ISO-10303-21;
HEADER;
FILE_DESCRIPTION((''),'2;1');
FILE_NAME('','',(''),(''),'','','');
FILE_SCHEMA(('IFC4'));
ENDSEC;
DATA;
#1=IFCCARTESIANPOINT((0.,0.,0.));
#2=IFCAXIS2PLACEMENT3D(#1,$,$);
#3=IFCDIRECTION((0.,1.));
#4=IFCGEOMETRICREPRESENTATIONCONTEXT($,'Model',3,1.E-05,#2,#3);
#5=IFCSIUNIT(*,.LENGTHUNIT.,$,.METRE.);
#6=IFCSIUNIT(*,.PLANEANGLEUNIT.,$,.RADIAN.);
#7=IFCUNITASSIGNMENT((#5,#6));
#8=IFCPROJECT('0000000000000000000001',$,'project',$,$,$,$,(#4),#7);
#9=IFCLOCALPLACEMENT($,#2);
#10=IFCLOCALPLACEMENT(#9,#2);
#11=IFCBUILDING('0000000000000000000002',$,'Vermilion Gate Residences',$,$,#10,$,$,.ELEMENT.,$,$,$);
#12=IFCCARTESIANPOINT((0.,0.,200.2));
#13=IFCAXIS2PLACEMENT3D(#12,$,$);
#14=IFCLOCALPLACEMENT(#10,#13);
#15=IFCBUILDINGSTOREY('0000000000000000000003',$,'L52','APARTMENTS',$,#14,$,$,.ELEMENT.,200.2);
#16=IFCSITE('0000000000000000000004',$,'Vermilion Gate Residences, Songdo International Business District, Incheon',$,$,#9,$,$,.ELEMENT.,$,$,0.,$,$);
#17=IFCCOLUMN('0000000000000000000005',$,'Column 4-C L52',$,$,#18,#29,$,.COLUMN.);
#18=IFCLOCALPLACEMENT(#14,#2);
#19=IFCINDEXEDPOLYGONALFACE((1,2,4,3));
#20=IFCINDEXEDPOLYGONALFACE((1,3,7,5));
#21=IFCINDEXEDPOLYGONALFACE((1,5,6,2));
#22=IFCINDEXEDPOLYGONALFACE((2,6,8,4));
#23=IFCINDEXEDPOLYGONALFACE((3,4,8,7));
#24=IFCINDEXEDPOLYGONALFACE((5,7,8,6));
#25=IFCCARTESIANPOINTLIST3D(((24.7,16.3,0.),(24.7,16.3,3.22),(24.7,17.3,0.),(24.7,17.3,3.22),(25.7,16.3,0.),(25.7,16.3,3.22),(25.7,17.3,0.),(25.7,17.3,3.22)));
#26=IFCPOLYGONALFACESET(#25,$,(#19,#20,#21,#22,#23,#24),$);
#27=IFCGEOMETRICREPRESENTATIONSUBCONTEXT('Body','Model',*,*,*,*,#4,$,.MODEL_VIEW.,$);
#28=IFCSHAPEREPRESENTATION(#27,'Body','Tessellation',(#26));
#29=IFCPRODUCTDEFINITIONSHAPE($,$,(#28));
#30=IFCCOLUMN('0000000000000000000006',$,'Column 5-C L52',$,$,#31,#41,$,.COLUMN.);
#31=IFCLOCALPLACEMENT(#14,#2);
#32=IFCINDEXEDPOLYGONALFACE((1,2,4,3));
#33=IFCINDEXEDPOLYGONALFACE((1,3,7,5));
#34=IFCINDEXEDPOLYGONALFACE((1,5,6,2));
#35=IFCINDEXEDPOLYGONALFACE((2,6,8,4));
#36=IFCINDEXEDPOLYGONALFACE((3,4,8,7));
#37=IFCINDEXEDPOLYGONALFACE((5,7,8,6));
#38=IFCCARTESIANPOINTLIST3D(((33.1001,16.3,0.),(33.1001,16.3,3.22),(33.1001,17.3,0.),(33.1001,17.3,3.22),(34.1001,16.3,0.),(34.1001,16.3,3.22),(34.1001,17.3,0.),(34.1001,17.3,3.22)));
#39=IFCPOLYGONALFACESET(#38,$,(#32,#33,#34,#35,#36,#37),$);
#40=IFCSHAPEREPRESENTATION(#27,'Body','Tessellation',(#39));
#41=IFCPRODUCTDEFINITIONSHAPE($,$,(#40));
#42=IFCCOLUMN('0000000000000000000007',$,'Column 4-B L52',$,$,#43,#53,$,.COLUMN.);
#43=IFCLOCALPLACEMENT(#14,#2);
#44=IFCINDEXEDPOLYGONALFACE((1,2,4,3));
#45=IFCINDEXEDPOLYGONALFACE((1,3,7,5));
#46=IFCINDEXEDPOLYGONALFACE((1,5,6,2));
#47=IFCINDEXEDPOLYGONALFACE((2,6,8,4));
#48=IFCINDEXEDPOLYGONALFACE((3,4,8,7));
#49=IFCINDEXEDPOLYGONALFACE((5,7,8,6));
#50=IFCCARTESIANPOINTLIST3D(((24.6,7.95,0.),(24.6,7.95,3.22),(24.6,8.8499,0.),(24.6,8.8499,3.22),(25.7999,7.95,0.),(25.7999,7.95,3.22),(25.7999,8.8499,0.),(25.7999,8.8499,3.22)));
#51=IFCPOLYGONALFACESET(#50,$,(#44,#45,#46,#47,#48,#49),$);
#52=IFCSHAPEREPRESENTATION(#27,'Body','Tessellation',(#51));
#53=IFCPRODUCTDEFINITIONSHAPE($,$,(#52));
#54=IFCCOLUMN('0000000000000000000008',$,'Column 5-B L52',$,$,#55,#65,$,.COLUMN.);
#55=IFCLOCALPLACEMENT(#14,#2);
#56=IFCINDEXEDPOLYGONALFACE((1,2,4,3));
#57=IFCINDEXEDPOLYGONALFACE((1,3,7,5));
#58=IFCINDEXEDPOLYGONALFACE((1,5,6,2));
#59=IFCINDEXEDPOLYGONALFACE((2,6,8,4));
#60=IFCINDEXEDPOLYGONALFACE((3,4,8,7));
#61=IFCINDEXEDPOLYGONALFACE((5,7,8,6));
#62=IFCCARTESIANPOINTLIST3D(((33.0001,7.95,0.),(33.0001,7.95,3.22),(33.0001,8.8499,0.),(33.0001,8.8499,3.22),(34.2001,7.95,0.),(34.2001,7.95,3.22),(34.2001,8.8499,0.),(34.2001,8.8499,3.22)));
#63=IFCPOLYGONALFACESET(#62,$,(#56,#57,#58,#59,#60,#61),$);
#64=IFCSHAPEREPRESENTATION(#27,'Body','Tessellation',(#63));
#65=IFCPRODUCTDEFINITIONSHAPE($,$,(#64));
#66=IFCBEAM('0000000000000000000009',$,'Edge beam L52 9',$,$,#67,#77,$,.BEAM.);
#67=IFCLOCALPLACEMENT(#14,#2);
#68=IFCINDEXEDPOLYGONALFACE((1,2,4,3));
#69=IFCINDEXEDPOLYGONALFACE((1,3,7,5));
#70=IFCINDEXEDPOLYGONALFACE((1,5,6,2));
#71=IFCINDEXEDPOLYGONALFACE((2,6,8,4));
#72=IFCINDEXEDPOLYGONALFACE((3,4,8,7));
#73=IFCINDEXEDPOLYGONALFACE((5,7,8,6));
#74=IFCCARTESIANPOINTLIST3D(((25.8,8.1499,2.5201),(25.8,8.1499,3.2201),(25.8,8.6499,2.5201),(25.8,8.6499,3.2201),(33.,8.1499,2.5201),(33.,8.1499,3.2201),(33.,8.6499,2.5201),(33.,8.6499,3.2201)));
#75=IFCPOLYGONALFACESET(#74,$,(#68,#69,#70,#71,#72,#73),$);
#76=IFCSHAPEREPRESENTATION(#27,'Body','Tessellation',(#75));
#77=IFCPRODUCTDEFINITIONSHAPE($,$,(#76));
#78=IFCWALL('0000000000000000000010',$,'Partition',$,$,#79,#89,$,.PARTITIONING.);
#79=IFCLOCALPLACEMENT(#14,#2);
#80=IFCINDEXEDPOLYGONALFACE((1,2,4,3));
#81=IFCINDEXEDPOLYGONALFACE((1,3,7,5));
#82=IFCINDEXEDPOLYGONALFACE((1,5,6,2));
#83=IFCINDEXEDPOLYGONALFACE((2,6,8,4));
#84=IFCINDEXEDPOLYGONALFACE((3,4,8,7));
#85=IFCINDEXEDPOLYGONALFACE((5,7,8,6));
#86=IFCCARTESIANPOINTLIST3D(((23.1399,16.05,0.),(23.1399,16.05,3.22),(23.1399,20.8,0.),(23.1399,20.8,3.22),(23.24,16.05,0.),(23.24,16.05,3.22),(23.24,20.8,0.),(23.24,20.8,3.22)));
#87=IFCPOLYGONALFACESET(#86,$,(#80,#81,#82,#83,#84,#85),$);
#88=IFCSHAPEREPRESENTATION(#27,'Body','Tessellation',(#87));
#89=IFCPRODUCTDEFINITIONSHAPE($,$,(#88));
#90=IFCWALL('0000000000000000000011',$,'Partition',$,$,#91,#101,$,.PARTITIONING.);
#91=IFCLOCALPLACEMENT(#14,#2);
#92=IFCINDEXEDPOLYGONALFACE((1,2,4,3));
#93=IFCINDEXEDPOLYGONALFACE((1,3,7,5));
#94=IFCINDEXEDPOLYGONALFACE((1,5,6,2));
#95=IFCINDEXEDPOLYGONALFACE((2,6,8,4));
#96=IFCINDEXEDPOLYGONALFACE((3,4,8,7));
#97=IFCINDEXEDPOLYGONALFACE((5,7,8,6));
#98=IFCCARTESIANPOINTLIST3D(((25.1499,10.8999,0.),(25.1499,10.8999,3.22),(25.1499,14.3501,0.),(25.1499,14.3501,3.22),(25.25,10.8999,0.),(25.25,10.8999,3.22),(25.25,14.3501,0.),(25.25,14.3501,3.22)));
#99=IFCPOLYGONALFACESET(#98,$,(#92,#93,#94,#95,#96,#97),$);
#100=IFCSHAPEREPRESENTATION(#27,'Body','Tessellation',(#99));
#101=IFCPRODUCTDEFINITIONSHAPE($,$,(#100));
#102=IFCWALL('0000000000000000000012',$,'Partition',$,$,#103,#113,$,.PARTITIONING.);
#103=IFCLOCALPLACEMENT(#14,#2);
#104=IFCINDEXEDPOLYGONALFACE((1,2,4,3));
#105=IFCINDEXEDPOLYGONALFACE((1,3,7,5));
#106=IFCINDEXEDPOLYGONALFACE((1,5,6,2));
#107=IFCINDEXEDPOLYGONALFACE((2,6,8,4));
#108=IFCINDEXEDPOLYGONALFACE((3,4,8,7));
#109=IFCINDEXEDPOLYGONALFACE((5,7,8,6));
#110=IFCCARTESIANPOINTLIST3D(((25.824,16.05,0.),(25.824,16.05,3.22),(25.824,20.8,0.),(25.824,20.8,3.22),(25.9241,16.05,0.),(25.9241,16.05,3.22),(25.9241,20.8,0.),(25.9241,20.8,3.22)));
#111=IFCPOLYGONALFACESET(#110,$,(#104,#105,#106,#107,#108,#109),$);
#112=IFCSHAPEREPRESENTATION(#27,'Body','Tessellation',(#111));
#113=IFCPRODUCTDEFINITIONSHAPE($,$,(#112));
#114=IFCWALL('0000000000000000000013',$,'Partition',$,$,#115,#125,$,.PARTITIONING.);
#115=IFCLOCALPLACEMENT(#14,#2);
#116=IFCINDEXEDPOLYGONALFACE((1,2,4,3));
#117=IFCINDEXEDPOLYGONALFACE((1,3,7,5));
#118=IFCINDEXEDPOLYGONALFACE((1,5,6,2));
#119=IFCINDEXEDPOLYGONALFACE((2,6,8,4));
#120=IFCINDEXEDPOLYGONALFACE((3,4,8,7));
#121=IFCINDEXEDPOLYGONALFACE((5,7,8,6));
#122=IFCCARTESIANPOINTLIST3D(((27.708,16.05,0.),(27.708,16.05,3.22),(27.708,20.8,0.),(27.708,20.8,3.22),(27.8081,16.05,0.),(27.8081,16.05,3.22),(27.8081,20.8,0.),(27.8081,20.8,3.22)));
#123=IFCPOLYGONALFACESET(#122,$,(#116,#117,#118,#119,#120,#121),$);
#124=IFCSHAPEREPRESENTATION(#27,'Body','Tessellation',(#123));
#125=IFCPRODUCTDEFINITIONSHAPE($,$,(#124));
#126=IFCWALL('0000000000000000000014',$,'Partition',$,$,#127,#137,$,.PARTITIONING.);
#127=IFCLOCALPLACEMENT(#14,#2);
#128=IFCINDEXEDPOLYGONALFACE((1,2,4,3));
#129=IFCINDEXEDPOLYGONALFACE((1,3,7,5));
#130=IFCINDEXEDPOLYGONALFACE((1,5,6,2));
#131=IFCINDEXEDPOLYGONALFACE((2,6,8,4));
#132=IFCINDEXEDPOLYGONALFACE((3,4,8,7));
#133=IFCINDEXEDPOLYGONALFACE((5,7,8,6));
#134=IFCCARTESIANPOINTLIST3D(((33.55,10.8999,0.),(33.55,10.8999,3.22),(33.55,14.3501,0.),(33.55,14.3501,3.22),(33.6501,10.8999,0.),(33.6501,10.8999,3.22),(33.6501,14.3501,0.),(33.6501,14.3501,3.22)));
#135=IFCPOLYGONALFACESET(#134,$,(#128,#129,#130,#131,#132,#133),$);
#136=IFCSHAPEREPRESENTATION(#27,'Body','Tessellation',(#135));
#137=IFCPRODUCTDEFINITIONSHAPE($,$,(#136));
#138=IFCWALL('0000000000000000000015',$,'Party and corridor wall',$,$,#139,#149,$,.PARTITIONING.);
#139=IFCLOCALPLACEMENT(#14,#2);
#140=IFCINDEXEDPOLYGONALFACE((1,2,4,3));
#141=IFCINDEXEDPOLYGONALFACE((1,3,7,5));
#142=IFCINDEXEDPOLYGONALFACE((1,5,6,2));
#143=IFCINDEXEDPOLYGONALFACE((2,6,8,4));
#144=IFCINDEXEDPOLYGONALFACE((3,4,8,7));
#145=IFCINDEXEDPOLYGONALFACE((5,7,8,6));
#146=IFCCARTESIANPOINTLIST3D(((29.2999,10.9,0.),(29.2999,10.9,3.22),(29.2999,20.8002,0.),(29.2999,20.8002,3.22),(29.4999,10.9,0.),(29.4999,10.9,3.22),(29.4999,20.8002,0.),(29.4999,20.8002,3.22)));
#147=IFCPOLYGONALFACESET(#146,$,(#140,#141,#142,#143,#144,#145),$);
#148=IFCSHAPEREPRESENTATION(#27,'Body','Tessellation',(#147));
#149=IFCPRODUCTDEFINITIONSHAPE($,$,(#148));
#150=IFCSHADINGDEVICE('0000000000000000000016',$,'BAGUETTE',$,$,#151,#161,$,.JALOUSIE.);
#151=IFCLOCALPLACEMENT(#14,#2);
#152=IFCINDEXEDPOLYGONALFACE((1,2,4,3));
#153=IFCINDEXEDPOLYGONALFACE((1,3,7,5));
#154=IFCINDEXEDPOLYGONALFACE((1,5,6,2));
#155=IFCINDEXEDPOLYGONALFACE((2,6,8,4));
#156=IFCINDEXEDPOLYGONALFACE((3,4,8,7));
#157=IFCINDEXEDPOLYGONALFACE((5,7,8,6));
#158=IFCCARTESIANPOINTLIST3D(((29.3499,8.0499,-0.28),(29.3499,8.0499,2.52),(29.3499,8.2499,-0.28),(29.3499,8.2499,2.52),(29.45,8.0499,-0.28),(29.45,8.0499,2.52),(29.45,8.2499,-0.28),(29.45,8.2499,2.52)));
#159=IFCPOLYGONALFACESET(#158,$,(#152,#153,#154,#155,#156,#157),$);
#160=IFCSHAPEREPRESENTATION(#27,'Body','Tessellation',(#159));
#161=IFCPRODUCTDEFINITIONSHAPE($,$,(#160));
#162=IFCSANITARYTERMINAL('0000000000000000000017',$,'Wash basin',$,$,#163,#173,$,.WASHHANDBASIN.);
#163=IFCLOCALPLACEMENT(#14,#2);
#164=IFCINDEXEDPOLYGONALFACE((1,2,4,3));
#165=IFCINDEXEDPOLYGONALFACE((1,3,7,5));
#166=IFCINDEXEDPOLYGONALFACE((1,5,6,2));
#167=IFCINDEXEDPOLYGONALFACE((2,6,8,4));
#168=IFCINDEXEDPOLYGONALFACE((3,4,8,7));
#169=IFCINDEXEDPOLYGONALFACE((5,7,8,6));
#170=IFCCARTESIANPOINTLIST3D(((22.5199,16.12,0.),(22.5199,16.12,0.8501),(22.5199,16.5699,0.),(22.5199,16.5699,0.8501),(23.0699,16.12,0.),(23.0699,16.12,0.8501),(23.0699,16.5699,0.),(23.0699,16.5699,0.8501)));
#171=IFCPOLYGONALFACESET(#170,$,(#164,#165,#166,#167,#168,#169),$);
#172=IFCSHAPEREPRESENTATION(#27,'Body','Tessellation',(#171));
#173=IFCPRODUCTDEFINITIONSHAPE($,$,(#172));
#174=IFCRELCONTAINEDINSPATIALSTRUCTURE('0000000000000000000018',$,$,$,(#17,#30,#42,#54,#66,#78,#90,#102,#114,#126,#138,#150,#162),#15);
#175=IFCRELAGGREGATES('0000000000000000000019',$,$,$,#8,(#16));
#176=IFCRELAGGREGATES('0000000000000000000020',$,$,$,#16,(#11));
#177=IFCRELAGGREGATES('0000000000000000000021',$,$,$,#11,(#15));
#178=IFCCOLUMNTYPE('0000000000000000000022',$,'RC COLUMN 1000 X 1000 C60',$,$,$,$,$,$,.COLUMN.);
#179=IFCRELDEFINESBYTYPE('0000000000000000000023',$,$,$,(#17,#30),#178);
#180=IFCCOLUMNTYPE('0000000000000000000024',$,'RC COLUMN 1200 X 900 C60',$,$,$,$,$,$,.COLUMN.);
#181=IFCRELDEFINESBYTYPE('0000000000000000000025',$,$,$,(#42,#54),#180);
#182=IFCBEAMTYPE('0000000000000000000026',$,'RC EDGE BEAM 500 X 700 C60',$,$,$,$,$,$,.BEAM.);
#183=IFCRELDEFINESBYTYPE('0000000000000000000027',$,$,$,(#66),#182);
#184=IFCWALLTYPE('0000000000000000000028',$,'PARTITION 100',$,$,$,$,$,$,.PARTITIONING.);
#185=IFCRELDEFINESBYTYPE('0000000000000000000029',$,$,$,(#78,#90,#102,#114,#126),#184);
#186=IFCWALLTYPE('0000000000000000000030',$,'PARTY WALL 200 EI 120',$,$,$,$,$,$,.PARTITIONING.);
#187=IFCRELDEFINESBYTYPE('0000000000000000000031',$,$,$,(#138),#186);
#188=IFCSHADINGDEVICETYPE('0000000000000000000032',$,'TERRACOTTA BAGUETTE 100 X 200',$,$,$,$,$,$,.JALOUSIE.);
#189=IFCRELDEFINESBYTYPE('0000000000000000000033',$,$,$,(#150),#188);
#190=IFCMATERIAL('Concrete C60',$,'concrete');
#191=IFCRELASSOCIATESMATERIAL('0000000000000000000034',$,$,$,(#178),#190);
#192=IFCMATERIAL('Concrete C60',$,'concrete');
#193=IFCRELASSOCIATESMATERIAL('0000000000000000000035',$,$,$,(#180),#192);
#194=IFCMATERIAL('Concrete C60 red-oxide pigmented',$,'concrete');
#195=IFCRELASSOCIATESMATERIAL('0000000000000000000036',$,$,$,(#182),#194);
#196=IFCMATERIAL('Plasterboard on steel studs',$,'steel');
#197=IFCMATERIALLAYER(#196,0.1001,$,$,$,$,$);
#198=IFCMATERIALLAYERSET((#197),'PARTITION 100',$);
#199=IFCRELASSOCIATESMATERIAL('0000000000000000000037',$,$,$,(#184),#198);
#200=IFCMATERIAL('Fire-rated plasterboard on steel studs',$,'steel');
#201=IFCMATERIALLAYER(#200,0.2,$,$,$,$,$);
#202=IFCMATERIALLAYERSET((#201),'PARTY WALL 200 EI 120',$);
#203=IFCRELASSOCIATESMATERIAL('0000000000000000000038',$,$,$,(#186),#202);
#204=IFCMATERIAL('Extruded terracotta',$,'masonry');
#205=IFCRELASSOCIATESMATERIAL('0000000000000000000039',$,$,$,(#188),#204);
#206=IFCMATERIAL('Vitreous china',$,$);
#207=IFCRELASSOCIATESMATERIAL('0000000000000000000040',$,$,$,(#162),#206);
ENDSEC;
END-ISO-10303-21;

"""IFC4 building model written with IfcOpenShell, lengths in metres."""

from ifc_helpers import new_model, si_unit, direction, frame, frame_2d, origin, origin_2d, place, context, subcontext, project, spatial, rectangle, extrude, material, layer, layer_set, material_profile, profile_set, type_object, element, save


model = new_model("IFC4")

# Units and contexts
model_context = context("Model", 3, precision=1e-05, world=origin(), true_north=direction((0.0, 1.0)))
body_context = subcontext(model_context, "Body", "Model", "MODEL_VIEW")
ifc_project = project(units=[si_unit("LENGTHUNIT", "METRE"), si_unit("PLANEANGLEUNIT", "RADIAN")], contexts=[model_context])

# Site, building, storey
site_placement = place(None, origin())
site = spatial("IfcSite", under=ifc_project, at=site_placement, Name="Vermilion Gate Residences, Songdo International Business District, Incheon", CompositionType="ELEMENT", RefElevation=0.0)
building_placement = place(site_placement, origin())
building = spatial("IfcBuilding", under=site, at=building_placement, Name="Vermilion Gate Residences", CompositionType="ELEMENT")
storey_placement = place(building_placement, frame((0.0, 0.0, 200.2)))
storey = spatial("IfcBuildingStorey", under=building, at=storey_placement, Name="L52", Description="APARTMENTS", CompositionType="ELEMENT", Elevation=200.2)

# Columns
ifc_material_1 = material(Name="Concrete C60", Category="concrete")
ifc_material_profile_1 = material_profile(ifc_material_1, rectangle(XDim=1.0, YDim=1.0, at=origin_2d()), Name="RC-1000x1000")
ifc_profile_set_1 = profile_set([ifc_material_profile_1], Name="Concrete C60")
column_type_1 = type_object("IfcColumnType", Name="RC COLUMN 1000 X 1000 C60", PredefinedType="COLUMN", material=ifc_profile_set_1)
for number, where, z_axis, x_axis, name in (
    (1, (25.2, 16.8, 0.0), (0.0, 0.0, 1.0), (1.0, 0.0, 0.0), "Column 4-C L52"),
    (2, (33.6001, 16.8, 0.0), (0.0, 0.0, 1.0), (1.0, 0.0, 0.0), "Column 5-C L52"),
):
    element("IfcColumn", number, at=place(storey_placement, frame(where, z_axis=z_axis, x_axis=x_axis)), inside=storey, type_object=column_type_1, Name=name, PredefinedType="COLUMN", context=body_context, shape_type="SweptSolid", body=[
        extrude(rectangle(XDim=1.0, YDim=1.0, at=origin_2d()), origin(), (0.0, 0.0, 1.0), 3.22),
    ])
ifc_material_2 = material(Name="Concrete C60", Category="concrete")
ifc_material_profile_2 = material_profile(ifc_material_2, rectangle(XDim=1.2, YDim=0.8999, at=origin_2d()), Name="RC-1200x900")
ifc_profile_set_2 = profile_set([ifc_material_profile_2], Name="Concrete C60")
column_type_2 = type_object("IfcColumnType", Name="RC COLUMN 1200 X 900 C60", PredefinedType="COLUMN", material=ifc_profile_set_2)
for number, where, z_axis, x_axis, name in (
    (3, (25.2, 8.3999, 0.0), (0.0, 0.0, 1.0), (1.0, 0.0, 0.0), "Column 4-B L52"),
    (4, (33.6001, 8.3999, 0.0), (0.0, 0.0, 1.0), (1.0, 0.0, 0.0), "Column 5-B L52"),
):
    element("IfcColumn", number, at=place(storey_placement, frame(where, z_axis=z_axis, x_axis=x_axis)), inside=storey, type_object=column_type_2, Name=name, PredefinedType="COLUMN", context=body_context, shape_type="SweptSolid", body=[
        extrude(rectangle(XDim=1.2, YDim=0.8999, at=origin_2d()), origin(), (0.0, 0.0, 1.0), 3.22),
    ])

# Beam
ifc_material_3 = material(Name="Concrete C60 red-oxide pigmented", Category="concrete")
ifc_material_profile_3 = material_profile(ifc_material_3, rectangle(XDim=0.5, YDim=0.7, at=origin_2d()), Name="RC-500x700")
ifc_profile_set_3 = profile_set([ifc_material_profile_3], Name="Concrete C60 red-oxide pigmented")
beam_type = type_object("IfcBeamType", Name="RC EDGE BEAM 500 X 700 C60", PredefinedType="BEAM", material=ifc_profile_set_3)
beam_placement = place(storey_placement, frame((25.8, 8.3999, 2.8701), z_axis=(1.0, 0.0, 0.0), x_axis=(0.0, 1.0, 0.0)))
element("IfcBeam", 5, at=beam_placement, inside=storey, type_object=beam_type, Name="Edge beam L52 9", PredefinedType="BEAM", context=body_context, shape_type="SweptSolid", body=[
    extrude(rectangle(XDim=0.5, YDim=0.7, at=origin_2d()), origin(), (0.0, 0.0, 1.0), 7.2),
])

# Walls
ifc_material_4 = material(Name="Plasterboard on steel studs", Category="steel")
ifc_layer_1 = layer(ifc_material_4, 0.1001)
ifc_layer_set_1 = layer_set([ifc_layer_1], Name="PARTITION 100")
wall_type_1 = type_object("IfcWallType", Name="PARTITION 100", PredefinedType="PARTITIONING", material=ifc_layer_set_1)
wall_1_placement = place(storey_placement, frame((23.1899, 16.05, 0.0), z_axis=(0.0, 0.0, 1.0), x_axis=(0.0, 1.0, 0.0)))
element("IfcWall", 6, at=wall_1_placement, inside=storey, type_object=wall_type_1, Name="Partition", PredefinedType="PARTITIONING", context=body_context, shape_type="SweptSolid", body=[
    extrude(rectangle(XDim=4.75, YDim=0.1001, at=frame_2d((2.375, 0.0))), origin(), (0.0, 0.0, 1.0), 3.22),
])
wall_2_placement = place(storey_placement, frame((25.2, 10.8999, 0.0), z_axis=(0.0, 0.0, 1.0), x_axis=(0.0, 1.0, 0.0)))
element("IfcWall", 7, at=wall_2_placement, inside=storey, type_object=wall_type_1, Name="Partition", PredefinedType="PARTITIONING", context=body_context, shape_type="SweptSolid", body=[
    extrude(rectangle(XDim=3.4502, YDim=0.1001, at=frame_2d((1.7251, 0.0))), origin(), (0.0, 0.0, 1.0), 3.22),
])
for number, where, z_axis, x_axis, name in (
    (8, (25.874, 16.05, 0.0), (0.0, 0.0, 1.0), (0.0, 1.0, 0.0), "Partition"),
    (9, (27.7581, 16.05, 0.0), (0.0, 0.0, 1.0), (0.0, 1.0, 0.0), "Partition"),
):
    element("IfcWall", number, at=place(storey_placement, frame(where, z_axis=z_axis, x_axis=x_axis)), inside=storey, type_object=wall_type_1, Name=name, PredefinedType="PARTITIONING", context=body_context, shape_type="SweptSolid", body=[
        extrude(rectangle(XDim=4.75, YDim=0.1001, at=frame_2d((2.375, 0.0))), origin(), (0.0, 0.0, 1.0), 3.22),
    ])
wall_3_placement = place(storey_placement, frame((33.6001, 10.8999, 0.0), z_axis=(0.0, 0.0, 1.0), x_axis=(0.0, 1.0, 0.0)))
element("IfcWall", 10, at=wall_3_placement, inside=storey, type_object=wall_type_1, Name="Partition", PredefinedType="PARTITIONING", context=body_context, shape_type="SweptSolid", body=[
    extrude(rectangle(XDim=3.4502, YDim=0.1001, at=frame_2d((1.7251, 0.0))), origin(), (0.0, 0.0, 1.0), 3.22),
])
ifc_material_5 = material(Name="Fire-rated plasterboard on steel studs", Category="steel")
ifc_layer_2 = layer(ifc_material_5, 0.2)
ifc_layer_set_2 = layer_set([ifc_layer_2], Name="PARTY WALL 200 EI 120")
wall_type_2 = type_object("IfcWallType", Name="PARTY WALL 200 EI 120", PredefinedType="PARTITIONING", material=ifc_layer_set_2)
wall_4_placement = place(storey_placement, frame((29.3999, 10.8999, 0.0), z_axis=(0.0, 0.0, 1.0), x_axis=(0.0, 1.0, 0.0)))
element("IfcWall", 11, at=wall_4_placement, inside=storey, type_object=wall_type_2, Name="Party and corridor wall", PredefinedType="PARTITIONING", context=body_context, shape_type="SweptSolid", body=[
    extrude(rectangle(XDim=9.9001, YDim=0.2, at=frame_2d((4.9502, 0.0))), origin(), (0.0, 0.0, 1.0), 3.22),
])

# Shading device
ifc_material_6 = material(Name="Extruded terracotta", Category="masonry")
ifc_material_profile_4 = material_profile(ifc_material_6, rectangle(XDim=0.2, YDim=0.1001, at=origin_2d()), Name="BAGUETTE 100 X 200")
ifc_profile_set_4 = profile_set([ifc_material_profile_4], Name="Extruded terracotta")
shading_device_type = type_object("IfcShadingDeviceType", Name="TERRACOTTA BAGUETTE 100 X 200", PredefinedType="JALOUSIE", material=ifc_profile_set_4)
shading_device_placement = place(storey_placement, frame((29.3999, 8.1499, -0.28), z_axis=(0.0, 0.0, 1.0), x_axis=(0.0, 1.0, 0.0)))
element("IfcShadingDevice", 12, at=shading_device_placement, inside=storey, type_object=shading_device_type, Name="BAGUETTE", PredefinedType="JALOUSIE", context=body_context, shape_type="SweptSolid", body=[
    extrude(rectangle(XDim=0.2, YDim=0.1001, at=origin_2d()), origin(), (0.0, 0.0, 1.0), 2.8),
])

# Sanitary terminal
ifc_material_7 = material(Name="Vitreous china")
sanitary_terminal_placement = place(storey_placement, frame((22.7949, 16.345, 0.0), z_axis=(0.0, 0.0, 1.0), x_axis=(1.0, 0.0, 0.0)))
element("IfcSanitaryTerminal", 13, at=sanitary_terminal_placement, inside=storey, material=ifc_material_7, Name="Wash basin", PredefinedType="WASHHANDBASIN", context=body_context, shape_type="SweptSolid", body=[
    extrude(rectangle(XDim=0.55, YDim=0.45, at=origin_2d()), origin(), (0.0, 0.0, 1.0), 0.8501),
])

save(model, "model.ifc")
